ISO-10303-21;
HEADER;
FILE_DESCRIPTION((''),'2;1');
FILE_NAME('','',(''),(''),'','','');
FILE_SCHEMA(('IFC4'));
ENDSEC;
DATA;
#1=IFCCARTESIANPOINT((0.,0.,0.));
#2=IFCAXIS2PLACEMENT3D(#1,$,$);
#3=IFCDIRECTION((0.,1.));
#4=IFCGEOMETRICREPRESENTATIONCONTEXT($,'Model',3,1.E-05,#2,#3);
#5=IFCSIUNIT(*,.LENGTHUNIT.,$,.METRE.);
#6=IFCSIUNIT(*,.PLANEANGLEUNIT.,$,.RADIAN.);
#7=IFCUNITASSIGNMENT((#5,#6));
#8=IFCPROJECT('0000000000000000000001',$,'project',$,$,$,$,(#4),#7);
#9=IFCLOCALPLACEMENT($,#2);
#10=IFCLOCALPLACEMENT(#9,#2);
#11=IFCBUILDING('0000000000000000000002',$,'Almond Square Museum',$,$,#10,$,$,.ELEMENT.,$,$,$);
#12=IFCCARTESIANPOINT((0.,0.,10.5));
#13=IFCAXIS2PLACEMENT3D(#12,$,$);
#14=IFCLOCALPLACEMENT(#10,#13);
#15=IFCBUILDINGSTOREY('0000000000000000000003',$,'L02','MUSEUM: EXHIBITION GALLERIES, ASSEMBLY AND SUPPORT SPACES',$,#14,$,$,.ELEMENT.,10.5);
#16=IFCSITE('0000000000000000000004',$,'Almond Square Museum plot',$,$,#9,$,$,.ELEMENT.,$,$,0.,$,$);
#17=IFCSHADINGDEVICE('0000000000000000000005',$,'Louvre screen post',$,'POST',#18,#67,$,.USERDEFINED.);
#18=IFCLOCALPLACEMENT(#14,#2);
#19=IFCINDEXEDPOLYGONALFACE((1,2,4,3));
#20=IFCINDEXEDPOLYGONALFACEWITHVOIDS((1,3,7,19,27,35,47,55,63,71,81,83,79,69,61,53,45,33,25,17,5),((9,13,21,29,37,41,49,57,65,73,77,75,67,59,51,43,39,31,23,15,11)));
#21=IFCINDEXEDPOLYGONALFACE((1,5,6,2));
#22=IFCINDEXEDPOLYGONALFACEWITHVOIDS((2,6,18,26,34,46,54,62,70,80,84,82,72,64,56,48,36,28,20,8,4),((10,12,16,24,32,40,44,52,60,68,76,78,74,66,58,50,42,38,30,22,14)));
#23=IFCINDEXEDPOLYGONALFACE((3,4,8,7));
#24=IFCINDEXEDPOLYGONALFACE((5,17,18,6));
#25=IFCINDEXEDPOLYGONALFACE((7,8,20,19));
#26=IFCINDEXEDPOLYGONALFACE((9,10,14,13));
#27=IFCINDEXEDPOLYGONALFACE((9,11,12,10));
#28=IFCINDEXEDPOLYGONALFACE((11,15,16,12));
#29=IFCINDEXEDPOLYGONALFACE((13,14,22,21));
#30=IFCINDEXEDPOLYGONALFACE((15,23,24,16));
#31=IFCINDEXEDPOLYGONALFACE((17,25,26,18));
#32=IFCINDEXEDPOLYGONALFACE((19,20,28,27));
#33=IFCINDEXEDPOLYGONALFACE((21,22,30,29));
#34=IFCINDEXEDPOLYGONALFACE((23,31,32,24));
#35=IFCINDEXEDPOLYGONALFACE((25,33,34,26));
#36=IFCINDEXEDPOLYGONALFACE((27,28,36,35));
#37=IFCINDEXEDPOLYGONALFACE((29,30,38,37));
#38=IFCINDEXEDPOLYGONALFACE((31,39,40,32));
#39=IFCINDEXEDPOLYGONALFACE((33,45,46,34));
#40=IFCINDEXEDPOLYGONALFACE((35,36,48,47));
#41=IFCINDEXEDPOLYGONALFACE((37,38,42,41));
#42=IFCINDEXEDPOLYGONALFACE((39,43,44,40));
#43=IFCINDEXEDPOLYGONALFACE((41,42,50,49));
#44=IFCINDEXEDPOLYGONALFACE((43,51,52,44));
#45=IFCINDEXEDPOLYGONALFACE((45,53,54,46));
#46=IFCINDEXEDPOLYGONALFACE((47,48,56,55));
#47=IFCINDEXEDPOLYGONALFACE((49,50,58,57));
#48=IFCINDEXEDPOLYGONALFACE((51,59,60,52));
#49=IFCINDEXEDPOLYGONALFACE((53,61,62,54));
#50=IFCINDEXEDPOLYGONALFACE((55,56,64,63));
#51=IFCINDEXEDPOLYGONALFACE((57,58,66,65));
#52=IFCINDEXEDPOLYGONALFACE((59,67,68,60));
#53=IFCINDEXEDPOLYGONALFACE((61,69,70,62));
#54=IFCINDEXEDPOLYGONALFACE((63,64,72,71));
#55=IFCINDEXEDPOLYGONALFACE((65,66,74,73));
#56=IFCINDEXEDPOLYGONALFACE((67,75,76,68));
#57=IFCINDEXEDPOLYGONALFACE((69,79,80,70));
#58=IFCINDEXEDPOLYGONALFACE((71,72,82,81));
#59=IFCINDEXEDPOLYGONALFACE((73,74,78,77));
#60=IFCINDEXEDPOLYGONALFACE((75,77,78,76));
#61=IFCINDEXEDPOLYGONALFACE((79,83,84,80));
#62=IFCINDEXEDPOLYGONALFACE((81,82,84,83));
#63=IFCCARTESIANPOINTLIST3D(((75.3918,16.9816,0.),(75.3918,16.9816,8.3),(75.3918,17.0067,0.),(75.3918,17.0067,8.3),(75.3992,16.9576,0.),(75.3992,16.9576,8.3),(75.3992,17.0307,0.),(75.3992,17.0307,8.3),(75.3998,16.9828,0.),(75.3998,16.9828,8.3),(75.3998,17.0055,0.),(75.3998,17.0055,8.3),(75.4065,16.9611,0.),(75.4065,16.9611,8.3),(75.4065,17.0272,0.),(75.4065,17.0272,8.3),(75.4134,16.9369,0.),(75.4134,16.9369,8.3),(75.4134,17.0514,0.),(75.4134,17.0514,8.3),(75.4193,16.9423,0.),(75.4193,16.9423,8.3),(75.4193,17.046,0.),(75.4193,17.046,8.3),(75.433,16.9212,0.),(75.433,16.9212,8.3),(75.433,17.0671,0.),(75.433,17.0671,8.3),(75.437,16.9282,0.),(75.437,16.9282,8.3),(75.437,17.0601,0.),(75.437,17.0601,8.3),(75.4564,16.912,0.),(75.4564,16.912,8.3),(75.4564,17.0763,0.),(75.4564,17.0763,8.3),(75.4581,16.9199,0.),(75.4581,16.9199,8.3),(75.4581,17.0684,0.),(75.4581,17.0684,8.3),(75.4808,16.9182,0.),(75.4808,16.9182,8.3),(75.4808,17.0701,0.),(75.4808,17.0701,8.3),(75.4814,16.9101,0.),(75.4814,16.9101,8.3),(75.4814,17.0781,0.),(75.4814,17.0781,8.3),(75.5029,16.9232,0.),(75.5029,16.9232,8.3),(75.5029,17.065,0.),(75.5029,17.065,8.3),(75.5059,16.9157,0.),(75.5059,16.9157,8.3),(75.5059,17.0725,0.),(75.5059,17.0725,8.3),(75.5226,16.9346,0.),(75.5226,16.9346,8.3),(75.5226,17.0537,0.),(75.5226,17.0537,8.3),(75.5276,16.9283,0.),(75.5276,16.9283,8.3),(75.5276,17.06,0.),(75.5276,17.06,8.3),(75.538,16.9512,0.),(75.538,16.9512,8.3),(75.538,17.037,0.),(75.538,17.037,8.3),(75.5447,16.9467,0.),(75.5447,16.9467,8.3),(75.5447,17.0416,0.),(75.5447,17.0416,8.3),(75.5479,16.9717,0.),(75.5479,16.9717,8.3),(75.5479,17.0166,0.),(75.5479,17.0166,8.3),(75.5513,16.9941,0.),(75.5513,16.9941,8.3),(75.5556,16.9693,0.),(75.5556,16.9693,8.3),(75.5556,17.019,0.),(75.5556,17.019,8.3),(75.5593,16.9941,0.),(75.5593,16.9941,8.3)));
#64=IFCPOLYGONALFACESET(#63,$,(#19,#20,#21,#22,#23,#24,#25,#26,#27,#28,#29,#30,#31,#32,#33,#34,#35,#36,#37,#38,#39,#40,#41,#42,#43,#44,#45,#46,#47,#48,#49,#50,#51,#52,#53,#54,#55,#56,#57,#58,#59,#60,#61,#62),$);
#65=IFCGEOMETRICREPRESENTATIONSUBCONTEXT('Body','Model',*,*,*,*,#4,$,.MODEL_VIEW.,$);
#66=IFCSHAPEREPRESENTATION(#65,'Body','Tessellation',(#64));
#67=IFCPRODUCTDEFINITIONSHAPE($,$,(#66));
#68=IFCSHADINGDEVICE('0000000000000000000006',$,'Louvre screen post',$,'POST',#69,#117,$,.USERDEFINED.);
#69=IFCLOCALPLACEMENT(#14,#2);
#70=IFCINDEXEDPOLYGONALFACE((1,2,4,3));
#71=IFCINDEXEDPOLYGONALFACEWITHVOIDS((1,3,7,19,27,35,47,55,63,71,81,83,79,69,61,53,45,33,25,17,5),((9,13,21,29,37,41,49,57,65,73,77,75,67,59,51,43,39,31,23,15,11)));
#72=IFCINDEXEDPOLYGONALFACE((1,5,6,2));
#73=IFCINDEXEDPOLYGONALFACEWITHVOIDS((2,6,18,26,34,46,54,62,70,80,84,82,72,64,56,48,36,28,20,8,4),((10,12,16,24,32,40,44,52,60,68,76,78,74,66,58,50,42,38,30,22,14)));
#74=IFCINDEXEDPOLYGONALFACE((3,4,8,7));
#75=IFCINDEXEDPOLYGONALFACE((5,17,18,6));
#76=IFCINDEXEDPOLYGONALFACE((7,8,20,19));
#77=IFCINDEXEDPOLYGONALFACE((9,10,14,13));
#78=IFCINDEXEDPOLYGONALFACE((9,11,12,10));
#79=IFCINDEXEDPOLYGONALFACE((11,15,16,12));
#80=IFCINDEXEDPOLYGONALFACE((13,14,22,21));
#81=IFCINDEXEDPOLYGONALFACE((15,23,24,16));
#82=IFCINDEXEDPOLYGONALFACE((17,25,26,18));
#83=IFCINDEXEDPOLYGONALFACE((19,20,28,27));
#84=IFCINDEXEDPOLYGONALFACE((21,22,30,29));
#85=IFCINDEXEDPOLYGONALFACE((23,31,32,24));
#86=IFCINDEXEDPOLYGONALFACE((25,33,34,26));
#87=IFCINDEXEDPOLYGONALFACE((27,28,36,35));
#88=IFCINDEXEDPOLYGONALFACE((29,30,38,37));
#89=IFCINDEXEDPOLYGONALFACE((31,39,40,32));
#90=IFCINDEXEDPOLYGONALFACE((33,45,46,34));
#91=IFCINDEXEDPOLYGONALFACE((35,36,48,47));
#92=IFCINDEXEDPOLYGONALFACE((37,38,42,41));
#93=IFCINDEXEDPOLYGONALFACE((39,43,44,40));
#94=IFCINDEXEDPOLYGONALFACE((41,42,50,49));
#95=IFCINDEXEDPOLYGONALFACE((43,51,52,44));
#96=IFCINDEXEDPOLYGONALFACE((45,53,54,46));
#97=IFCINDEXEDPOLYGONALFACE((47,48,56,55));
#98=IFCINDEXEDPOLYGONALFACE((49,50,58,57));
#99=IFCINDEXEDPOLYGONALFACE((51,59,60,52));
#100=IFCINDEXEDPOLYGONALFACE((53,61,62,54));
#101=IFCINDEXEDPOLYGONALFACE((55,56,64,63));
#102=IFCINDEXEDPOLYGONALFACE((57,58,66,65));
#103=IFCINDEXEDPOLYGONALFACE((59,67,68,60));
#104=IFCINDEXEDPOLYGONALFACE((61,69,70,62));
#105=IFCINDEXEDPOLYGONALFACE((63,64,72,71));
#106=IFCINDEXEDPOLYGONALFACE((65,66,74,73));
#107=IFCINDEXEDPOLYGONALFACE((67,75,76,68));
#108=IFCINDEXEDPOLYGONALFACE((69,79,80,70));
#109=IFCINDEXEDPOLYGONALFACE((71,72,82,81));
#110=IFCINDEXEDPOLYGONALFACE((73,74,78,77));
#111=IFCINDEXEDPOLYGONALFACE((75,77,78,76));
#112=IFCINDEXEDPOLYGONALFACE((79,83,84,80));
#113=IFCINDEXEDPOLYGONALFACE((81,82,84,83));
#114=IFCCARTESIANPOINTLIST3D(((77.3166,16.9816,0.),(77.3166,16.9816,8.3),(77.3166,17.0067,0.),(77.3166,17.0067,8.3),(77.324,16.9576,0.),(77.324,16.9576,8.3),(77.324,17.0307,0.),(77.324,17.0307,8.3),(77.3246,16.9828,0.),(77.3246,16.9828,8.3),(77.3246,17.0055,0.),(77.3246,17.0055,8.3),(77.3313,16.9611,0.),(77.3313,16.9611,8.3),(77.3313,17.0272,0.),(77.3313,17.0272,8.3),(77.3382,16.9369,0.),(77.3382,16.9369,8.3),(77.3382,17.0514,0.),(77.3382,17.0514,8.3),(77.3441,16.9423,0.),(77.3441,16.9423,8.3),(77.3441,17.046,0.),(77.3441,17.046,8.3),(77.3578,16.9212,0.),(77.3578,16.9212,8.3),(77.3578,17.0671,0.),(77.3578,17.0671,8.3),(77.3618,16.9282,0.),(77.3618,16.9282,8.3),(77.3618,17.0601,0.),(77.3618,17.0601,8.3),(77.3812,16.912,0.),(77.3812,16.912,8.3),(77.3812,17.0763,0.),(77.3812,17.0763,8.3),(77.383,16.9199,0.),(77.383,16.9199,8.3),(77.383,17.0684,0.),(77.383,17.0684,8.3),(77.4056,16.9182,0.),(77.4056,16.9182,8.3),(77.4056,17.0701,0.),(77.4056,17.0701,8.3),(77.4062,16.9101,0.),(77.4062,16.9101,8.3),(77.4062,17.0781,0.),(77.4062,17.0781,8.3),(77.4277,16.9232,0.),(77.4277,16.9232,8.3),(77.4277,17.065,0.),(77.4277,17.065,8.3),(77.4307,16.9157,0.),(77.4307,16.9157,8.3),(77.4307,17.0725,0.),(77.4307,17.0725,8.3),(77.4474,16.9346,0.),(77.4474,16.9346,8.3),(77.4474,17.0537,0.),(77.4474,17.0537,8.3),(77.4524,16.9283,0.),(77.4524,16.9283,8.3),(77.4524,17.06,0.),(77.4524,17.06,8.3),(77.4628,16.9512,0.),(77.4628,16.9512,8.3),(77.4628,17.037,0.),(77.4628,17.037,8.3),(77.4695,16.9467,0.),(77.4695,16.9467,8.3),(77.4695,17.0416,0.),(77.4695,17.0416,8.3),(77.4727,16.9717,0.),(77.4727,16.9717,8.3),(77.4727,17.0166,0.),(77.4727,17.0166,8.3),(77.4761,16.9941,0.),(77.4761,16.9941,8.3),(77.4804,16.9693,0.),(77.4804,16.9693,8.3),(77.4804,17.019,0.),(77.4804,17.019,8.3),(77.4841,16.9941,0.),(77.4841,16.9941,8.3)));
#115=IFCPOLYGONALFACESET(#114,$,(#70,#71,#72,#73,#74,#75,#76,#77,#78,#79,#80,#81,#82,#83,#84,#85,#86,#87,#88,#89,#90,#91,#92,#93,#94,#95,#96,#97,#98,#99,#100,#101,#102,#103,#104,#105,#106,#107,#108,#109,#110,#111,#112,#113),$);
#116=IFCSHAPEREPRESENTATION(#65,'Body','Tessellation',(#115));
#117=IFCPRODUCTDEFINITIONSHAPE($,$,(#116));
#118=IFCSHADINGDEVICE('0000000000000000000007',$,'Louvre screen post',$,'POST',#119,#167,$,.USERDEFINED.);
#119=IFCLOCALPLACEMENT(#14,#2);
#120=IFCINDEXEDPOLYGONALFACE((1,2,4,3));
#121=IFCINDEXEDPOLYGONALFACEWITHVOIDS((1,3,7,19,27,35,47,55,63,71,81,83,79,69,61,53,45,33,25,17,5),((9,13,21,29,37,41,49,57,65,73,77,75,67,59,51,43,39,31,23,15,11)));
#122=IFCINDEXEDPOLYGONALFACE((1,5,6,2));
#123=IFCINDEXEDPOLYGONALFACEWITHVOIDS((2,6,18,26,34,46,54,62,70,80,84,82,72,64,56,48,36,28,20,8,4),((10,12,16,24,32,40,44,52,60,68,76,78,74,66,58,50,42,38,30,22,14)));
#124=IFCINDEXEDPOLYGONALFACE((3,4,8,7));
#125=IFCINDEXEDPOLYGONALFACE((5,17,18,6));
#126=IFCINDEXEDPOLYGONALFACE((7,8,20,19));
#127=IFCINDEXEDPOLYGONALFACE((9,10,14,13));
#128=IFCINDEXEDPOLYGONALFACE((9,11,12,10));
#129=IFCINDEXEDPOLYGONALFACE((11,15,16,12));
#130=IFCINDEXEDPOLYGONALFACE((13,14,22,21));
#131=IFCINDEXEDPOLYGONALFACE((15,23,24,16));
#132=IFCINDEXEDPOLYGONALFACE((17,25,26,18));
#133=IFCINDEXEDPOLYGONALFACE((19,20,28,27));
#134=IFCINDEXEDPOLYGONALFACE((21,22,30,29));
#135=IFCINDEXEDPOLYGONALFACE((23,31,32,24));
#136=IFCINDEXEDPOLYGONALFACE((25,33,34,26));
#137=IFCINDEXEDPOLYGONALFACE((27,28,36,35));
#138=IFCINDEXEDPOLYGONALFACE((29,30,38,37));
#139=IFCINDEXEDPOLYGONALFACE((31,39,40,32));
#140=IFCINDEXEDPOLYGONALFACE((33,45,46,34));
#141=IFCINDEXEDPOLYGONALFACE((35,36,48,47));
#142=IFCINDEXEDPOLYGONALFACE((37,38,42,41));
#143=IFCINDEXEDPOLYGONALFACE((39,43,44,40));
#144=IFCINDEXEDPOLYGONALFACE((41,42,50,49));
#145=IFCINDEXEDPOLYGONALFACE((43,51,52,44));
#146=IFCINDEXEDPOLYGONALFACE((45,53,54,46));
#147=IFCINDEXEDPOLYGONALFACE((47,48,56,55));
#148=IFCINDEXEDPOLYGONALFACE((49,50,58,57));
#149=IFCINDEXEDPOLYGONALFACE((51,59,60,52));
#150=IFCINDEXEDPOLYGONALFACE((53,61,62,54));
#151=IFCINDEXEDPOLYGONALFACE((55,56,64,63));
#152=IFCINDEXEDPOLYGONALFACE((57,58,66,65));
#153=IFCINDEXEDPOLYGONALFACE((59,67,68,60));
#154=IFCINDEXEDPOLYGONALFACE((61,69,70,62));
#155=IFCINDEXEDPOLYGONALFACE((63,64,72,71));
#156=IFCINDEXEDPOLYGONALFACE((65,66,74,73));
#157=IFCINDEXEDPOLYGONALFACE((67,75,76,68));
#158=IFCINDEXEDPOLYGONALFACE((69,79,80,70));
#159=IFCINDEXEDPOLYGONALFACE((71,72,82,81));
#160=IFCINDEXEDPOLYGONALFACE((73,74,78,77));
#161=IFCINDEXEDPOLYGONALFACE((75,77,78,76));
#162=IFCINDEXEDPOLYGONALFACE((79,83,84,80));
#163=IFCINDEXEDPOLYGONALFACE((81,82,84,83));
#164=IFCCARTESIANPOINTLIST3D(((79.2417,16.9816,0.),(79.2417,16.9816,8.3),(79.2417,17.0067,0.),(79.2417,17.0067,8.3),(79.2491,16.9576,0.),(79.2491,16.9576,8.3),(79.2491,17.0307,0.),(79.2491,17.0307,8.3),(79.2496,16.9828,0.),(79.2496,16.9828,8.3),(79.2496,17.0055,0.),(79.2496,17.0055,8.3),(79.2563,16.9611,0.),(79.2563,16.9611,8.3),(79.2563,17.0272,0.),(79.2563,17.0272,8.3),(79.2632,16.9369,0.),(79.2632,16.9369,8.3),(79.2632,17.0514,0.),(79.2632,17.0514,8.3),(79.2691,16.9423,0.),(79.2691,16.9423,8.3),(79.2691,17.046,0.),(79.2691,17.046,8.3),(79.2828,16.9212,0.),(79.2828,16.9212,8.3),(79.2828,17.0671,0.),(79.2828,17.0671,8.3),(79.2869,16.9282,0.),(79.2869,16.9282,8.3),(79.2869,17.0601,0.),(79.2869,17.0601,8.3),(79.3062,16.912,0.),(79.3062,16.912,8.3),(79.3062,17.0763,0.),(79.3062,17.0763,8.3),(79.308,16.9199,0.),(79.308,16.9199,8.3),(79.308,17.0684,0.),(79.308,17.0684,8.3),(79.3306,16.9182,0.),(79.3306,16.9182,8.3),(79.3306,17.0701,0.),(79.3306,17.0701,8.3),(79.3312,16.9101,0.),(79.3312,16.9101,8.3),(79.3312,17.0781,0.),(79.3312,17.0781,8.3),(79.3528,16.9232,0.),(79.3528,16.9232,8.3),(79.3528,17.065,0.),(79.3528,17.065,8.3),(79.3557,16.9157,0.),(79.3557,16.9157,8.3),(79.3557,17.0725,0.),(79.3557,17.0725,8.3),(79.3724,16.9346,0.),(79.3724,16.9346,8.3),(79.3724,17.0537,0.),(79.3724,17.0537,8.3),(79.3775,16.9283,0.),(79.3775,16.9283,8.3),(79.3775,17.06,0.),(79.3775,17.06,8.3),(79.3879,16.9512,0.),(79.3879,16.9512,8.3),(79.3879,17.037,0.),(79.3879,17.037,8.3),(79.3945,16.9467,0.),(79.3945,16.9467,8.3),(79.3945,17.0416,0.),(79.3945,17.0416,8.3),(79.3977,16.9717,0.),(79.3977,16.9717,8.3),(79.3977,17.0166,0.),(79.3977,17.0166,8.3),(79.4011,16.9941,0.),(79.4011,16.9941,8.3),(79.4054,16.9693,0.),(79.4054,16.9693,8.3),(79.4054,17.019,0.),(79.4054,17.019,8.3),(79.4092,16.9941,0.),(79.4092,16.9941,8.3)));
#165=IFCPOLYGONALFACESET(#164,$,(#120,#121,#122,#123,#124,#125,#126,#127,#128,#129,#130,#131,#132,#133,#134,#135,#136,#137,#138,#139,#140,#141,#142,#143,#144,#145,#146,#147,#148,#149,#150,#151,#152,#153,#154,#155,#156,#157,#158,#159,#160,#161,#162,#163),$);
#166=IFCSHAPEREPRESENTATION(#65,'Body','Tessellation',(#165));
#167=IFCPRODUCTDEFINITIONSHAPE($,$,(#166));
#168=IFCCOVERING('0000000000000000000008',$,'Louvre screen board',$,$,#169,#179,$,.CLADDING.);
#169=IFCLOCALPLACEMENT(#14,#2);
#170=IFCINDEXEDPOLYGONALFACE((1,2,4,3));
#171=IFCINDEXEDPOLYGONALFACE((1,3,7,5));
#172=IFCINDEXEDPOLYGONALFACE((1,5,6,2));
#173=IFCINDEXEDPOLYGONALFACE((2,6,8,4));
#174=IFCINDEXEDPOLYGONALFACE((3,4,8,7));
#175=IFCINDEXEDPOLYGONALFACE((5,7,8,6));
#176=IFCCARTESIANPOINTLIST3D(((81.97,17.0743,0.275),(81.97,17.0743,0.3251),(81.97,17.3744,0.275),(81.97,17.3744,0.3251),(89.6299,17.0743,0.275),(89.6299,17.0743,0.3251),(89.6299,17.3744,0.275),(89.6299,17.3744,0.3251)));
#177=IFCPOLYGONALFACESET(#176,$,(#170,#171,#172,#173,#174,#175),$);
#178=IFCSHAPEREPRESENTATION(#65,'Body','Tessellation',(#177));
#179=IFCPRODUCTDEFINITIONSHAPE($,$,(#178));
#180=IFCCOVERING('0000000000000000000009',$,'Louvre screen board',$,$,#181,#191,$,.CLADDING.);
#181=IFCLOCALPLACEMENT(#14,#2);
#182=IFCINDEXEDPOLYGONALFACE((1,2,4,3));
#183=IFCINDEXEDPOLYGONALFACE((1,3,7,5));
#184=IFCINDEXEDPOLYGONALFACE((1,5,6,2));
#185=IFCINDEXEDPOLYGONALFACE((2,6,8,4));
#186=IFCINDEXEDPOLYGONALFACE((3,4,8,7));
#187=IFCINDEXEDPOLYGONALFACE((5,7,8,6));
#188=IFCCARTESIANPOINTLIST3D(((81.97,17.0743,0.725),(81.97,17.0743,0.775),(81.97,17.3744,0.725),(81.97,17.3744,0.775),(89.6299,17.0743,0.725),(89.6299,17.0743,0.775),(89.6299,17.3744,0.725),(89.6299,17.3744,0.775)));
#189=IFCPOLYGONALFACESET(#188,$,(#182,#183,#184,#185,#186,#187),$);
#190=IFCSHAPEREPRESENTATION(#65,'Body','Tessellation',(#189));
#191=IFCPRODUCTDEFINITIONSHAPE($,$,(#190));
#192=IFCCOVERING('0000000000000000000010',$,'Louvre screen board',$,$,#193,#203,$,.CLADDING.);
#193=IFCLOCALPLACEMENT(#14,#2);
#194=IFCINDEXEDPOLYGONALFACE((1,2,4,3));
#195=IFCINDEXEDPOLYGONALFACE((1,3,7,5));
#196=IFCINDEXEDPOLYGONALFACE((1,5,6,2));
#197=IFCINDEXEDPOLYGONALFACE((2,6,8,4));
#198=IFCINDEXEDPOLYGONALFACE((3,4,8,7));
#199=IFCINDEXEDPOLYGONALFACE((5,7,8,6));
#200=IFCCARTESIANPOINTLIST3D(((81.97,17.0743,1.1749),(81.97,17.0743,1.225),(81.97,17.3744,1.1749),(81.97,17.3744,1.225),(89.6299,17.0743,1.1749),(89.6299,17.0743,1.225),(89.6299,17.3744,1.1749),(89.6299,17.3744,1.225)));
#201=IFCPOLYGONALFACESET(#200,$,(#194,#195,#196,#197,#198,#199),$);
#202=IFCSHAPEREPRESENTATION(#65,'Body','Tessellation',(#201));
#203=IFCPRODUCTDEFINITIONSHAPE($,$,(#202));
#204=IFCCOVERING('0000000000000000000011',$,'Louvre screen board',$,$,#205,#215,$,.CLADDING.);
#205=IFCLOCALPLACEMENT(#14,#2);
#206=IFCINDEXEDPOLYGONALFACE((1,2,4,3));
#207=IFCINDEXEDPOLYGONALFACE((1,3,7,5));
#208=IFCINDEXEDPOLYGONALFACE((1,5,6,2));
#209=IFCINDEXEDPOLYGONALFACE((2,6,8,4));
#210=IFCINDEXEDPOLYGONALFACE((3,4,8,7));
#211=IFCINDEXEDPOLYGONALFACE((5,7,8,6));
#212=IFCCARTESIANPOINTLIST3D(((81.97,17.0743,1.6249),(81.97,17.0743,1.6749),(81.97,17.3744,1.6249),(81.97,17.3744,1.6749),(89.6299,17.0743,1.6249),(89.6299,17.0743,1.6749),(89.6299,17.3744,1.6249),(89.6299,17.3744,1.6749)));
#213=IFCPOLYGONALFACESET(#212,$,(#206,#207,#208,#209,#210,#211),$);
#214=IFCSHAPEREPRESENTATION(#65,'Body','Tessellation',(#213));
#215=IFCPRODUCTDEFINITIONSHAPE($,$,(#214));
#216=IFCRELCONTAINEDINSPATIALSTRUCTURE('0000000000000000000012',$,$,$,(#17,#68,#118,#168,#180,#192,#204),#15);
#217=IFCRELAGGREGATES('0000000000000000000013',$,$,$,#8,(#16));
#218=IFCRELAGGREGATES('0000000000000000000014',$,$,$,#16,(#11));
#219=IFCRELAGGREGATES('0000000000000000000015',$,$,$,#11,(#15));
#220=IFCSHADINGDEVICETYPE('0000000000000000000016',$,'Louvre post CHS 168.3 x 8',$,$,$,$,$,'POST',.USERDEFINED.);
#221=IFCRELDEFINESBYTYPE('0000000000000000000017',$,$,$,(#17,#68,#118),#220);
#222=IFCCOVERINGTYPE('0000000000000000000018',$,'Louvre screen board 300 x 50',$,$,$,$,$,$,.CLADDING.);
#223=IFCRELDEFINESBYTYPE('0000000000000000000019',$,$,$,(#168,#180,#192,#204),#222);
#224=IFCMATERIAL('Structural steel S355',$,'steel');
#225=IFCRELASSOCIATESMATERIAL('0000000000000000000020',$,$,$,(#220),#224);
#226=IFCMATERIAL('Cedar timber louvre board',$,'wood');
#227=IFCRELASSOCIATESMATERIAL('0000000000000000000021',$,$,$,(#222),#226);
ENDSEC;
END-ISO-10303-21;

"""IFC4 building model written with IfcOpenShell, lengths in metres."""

from ifc_helpers import new_model, si_unit, direction, frame, origin, origin_2d, place, context, subcontext, project, spatial, rectangle, hollow_circle, extrude, material, material_profile, profile_set, type_object, element, save


model = new_model("IFC4")

# Units and contexts
model_context = context("Model", 3, precision=1e-05, world=origin(), true_north=direction((0.0, 1.0)))
body_context = subcontext(model_context, "Body", "Model", "MODEL_VIEW")
ifc_project = project(units=[si_unit("LENGTHUNIT", "METRE"), si_unit("PLANEANGLEUNIT", "RADIAN")], contexts=[model_context])

# Site, building, storey
site_placement = place(None, origin())
site = spatial("IfcSite", under=ifc_project, at=site_placement, Name="Almond Square Museum plot", CompositionType="ELEMENT", RefElevation=0.0)
building_placement = place(site_placement, origin())
building = spatial("IfcBuilding", under=site, at=building_placement, Name="Almond Square Museum", CompositionType="ELEMENT")
storey_placement = place(building_placement, frame((0.0, 0.0, 10.5)))
storey = spatial("IfcBuildingStorey", under=building, at=storey_placement, Name="L02", Description="MUSEUM: EXHIBITION GALLERIES, ASSEMBLY AND SUPPORT SPACES", CompositionType="ELEMENT", Elevation=10.5)

# Shading devices
ifc_material_1 = material(Name="Structural steel S355", Category="steel")
ifc_material_profile_1 = material_profile(ifc_material_1, hollow_circle(Radius=0.0842, WallThickness=0.0081, at=origin_2d()))
ifc_profile_set_1 = profile_set([ifc_material_profile_1], Name="Structural steel S355")
shading_device_type = type_object("IfcShadingDeviceType", Name="Louvre post CHS 168.3 x 8", ElementType="POST", PredefinedType="USERDEFINED", material=ifc_profile_set_1)
for number, where, z_axis, x_axis, name in (
    (1, (75.4751, 16.9941, 0.0), (0.0, 0.0, 1.0), (1.0, 0.0, 0.0), "Louvre screen post"),
    (2, (77.3999, 16.9941, 0.0), (0.0, 0.0, 1.0), (1.0, 0.0, 0.0), "Louvre screen post"),
    (3, (79.325, 16.9941, 0.0), (0.0, 0.0, 1.0), (1.0, 0.0, 0.0), "Louvre screen post"),
):
    element("IfcShadingDevice", number, at=place(storey_placement, frame(where, z_axis=z_axis, x_axis=x_axis)), inside=storey, type_object=shading_device_type, Name=name, ObjectType="POST", PredefinedType="USERDEFINED", context=body_context, shape_type="SweptSolid", body=[
        extrude(hollow_circle(Radius=0.0842, WallThickness=0.0081, at=origin_2d()), origin(), (0.0, 0.0, 1.0), 8.3),
    ])

# Coverings
ifc_material_2 = material(Name="Cedar timber louvre board", Category="wood")
ifc_material_profile_2 = material_profile(ifc_material_2, rectangle(XDim=0.3, YDim=0.05, at=origin_2d()))
ifc_profile_set_2 = profile_set([ifc_material_profile_2], Name="Cedar timber louvre board")
covering_type = type_object("IfcCoveringType", Name="Louvre screen board 300 x 50", PredefinedType="CLADDING", material=ifc_profile_set_2)
for number, where, z_axis, x_axis, name in (
    (4, (81.97, 17.2244, 0.3), (1.0, 0.0, 0.0), (0.0, 1.0, 0.0), "Louvre screen board"),
    (5, (81.97, 17.2244, 0.75), (1.0, 0.0, 0.0), (0.0, 1.0, 0.0), "Louvre screen board"),
    (6, (81.97, 17.2244, 1.2), (1.0, 0.0, 0.0), (0.0, 1.0, 0.0), "Louvre screen board"),
    (7, (81.97, 17.2244, 1.6499), (1.0, 0.0, 0.0), (0.0, 1.0, 0.0), "Louvre screen board"),
):
    element("IfcCovering", number, at=place(storey_placement, frame(where, z_axis=z_axis, x_axis=x_axis)), inside=storey, type_object=covering_type, Name=name, PredefinedType="CLADDING", context=body_context, shape_type="SweptSolid", body=[
        extrude(rectangle(XDim=0.3, YDim=0.05, at=origin_2d()), origin(), (0.0, 0.0, 1.0), 7.6599),
    ])

save(model, "model.ifc")
